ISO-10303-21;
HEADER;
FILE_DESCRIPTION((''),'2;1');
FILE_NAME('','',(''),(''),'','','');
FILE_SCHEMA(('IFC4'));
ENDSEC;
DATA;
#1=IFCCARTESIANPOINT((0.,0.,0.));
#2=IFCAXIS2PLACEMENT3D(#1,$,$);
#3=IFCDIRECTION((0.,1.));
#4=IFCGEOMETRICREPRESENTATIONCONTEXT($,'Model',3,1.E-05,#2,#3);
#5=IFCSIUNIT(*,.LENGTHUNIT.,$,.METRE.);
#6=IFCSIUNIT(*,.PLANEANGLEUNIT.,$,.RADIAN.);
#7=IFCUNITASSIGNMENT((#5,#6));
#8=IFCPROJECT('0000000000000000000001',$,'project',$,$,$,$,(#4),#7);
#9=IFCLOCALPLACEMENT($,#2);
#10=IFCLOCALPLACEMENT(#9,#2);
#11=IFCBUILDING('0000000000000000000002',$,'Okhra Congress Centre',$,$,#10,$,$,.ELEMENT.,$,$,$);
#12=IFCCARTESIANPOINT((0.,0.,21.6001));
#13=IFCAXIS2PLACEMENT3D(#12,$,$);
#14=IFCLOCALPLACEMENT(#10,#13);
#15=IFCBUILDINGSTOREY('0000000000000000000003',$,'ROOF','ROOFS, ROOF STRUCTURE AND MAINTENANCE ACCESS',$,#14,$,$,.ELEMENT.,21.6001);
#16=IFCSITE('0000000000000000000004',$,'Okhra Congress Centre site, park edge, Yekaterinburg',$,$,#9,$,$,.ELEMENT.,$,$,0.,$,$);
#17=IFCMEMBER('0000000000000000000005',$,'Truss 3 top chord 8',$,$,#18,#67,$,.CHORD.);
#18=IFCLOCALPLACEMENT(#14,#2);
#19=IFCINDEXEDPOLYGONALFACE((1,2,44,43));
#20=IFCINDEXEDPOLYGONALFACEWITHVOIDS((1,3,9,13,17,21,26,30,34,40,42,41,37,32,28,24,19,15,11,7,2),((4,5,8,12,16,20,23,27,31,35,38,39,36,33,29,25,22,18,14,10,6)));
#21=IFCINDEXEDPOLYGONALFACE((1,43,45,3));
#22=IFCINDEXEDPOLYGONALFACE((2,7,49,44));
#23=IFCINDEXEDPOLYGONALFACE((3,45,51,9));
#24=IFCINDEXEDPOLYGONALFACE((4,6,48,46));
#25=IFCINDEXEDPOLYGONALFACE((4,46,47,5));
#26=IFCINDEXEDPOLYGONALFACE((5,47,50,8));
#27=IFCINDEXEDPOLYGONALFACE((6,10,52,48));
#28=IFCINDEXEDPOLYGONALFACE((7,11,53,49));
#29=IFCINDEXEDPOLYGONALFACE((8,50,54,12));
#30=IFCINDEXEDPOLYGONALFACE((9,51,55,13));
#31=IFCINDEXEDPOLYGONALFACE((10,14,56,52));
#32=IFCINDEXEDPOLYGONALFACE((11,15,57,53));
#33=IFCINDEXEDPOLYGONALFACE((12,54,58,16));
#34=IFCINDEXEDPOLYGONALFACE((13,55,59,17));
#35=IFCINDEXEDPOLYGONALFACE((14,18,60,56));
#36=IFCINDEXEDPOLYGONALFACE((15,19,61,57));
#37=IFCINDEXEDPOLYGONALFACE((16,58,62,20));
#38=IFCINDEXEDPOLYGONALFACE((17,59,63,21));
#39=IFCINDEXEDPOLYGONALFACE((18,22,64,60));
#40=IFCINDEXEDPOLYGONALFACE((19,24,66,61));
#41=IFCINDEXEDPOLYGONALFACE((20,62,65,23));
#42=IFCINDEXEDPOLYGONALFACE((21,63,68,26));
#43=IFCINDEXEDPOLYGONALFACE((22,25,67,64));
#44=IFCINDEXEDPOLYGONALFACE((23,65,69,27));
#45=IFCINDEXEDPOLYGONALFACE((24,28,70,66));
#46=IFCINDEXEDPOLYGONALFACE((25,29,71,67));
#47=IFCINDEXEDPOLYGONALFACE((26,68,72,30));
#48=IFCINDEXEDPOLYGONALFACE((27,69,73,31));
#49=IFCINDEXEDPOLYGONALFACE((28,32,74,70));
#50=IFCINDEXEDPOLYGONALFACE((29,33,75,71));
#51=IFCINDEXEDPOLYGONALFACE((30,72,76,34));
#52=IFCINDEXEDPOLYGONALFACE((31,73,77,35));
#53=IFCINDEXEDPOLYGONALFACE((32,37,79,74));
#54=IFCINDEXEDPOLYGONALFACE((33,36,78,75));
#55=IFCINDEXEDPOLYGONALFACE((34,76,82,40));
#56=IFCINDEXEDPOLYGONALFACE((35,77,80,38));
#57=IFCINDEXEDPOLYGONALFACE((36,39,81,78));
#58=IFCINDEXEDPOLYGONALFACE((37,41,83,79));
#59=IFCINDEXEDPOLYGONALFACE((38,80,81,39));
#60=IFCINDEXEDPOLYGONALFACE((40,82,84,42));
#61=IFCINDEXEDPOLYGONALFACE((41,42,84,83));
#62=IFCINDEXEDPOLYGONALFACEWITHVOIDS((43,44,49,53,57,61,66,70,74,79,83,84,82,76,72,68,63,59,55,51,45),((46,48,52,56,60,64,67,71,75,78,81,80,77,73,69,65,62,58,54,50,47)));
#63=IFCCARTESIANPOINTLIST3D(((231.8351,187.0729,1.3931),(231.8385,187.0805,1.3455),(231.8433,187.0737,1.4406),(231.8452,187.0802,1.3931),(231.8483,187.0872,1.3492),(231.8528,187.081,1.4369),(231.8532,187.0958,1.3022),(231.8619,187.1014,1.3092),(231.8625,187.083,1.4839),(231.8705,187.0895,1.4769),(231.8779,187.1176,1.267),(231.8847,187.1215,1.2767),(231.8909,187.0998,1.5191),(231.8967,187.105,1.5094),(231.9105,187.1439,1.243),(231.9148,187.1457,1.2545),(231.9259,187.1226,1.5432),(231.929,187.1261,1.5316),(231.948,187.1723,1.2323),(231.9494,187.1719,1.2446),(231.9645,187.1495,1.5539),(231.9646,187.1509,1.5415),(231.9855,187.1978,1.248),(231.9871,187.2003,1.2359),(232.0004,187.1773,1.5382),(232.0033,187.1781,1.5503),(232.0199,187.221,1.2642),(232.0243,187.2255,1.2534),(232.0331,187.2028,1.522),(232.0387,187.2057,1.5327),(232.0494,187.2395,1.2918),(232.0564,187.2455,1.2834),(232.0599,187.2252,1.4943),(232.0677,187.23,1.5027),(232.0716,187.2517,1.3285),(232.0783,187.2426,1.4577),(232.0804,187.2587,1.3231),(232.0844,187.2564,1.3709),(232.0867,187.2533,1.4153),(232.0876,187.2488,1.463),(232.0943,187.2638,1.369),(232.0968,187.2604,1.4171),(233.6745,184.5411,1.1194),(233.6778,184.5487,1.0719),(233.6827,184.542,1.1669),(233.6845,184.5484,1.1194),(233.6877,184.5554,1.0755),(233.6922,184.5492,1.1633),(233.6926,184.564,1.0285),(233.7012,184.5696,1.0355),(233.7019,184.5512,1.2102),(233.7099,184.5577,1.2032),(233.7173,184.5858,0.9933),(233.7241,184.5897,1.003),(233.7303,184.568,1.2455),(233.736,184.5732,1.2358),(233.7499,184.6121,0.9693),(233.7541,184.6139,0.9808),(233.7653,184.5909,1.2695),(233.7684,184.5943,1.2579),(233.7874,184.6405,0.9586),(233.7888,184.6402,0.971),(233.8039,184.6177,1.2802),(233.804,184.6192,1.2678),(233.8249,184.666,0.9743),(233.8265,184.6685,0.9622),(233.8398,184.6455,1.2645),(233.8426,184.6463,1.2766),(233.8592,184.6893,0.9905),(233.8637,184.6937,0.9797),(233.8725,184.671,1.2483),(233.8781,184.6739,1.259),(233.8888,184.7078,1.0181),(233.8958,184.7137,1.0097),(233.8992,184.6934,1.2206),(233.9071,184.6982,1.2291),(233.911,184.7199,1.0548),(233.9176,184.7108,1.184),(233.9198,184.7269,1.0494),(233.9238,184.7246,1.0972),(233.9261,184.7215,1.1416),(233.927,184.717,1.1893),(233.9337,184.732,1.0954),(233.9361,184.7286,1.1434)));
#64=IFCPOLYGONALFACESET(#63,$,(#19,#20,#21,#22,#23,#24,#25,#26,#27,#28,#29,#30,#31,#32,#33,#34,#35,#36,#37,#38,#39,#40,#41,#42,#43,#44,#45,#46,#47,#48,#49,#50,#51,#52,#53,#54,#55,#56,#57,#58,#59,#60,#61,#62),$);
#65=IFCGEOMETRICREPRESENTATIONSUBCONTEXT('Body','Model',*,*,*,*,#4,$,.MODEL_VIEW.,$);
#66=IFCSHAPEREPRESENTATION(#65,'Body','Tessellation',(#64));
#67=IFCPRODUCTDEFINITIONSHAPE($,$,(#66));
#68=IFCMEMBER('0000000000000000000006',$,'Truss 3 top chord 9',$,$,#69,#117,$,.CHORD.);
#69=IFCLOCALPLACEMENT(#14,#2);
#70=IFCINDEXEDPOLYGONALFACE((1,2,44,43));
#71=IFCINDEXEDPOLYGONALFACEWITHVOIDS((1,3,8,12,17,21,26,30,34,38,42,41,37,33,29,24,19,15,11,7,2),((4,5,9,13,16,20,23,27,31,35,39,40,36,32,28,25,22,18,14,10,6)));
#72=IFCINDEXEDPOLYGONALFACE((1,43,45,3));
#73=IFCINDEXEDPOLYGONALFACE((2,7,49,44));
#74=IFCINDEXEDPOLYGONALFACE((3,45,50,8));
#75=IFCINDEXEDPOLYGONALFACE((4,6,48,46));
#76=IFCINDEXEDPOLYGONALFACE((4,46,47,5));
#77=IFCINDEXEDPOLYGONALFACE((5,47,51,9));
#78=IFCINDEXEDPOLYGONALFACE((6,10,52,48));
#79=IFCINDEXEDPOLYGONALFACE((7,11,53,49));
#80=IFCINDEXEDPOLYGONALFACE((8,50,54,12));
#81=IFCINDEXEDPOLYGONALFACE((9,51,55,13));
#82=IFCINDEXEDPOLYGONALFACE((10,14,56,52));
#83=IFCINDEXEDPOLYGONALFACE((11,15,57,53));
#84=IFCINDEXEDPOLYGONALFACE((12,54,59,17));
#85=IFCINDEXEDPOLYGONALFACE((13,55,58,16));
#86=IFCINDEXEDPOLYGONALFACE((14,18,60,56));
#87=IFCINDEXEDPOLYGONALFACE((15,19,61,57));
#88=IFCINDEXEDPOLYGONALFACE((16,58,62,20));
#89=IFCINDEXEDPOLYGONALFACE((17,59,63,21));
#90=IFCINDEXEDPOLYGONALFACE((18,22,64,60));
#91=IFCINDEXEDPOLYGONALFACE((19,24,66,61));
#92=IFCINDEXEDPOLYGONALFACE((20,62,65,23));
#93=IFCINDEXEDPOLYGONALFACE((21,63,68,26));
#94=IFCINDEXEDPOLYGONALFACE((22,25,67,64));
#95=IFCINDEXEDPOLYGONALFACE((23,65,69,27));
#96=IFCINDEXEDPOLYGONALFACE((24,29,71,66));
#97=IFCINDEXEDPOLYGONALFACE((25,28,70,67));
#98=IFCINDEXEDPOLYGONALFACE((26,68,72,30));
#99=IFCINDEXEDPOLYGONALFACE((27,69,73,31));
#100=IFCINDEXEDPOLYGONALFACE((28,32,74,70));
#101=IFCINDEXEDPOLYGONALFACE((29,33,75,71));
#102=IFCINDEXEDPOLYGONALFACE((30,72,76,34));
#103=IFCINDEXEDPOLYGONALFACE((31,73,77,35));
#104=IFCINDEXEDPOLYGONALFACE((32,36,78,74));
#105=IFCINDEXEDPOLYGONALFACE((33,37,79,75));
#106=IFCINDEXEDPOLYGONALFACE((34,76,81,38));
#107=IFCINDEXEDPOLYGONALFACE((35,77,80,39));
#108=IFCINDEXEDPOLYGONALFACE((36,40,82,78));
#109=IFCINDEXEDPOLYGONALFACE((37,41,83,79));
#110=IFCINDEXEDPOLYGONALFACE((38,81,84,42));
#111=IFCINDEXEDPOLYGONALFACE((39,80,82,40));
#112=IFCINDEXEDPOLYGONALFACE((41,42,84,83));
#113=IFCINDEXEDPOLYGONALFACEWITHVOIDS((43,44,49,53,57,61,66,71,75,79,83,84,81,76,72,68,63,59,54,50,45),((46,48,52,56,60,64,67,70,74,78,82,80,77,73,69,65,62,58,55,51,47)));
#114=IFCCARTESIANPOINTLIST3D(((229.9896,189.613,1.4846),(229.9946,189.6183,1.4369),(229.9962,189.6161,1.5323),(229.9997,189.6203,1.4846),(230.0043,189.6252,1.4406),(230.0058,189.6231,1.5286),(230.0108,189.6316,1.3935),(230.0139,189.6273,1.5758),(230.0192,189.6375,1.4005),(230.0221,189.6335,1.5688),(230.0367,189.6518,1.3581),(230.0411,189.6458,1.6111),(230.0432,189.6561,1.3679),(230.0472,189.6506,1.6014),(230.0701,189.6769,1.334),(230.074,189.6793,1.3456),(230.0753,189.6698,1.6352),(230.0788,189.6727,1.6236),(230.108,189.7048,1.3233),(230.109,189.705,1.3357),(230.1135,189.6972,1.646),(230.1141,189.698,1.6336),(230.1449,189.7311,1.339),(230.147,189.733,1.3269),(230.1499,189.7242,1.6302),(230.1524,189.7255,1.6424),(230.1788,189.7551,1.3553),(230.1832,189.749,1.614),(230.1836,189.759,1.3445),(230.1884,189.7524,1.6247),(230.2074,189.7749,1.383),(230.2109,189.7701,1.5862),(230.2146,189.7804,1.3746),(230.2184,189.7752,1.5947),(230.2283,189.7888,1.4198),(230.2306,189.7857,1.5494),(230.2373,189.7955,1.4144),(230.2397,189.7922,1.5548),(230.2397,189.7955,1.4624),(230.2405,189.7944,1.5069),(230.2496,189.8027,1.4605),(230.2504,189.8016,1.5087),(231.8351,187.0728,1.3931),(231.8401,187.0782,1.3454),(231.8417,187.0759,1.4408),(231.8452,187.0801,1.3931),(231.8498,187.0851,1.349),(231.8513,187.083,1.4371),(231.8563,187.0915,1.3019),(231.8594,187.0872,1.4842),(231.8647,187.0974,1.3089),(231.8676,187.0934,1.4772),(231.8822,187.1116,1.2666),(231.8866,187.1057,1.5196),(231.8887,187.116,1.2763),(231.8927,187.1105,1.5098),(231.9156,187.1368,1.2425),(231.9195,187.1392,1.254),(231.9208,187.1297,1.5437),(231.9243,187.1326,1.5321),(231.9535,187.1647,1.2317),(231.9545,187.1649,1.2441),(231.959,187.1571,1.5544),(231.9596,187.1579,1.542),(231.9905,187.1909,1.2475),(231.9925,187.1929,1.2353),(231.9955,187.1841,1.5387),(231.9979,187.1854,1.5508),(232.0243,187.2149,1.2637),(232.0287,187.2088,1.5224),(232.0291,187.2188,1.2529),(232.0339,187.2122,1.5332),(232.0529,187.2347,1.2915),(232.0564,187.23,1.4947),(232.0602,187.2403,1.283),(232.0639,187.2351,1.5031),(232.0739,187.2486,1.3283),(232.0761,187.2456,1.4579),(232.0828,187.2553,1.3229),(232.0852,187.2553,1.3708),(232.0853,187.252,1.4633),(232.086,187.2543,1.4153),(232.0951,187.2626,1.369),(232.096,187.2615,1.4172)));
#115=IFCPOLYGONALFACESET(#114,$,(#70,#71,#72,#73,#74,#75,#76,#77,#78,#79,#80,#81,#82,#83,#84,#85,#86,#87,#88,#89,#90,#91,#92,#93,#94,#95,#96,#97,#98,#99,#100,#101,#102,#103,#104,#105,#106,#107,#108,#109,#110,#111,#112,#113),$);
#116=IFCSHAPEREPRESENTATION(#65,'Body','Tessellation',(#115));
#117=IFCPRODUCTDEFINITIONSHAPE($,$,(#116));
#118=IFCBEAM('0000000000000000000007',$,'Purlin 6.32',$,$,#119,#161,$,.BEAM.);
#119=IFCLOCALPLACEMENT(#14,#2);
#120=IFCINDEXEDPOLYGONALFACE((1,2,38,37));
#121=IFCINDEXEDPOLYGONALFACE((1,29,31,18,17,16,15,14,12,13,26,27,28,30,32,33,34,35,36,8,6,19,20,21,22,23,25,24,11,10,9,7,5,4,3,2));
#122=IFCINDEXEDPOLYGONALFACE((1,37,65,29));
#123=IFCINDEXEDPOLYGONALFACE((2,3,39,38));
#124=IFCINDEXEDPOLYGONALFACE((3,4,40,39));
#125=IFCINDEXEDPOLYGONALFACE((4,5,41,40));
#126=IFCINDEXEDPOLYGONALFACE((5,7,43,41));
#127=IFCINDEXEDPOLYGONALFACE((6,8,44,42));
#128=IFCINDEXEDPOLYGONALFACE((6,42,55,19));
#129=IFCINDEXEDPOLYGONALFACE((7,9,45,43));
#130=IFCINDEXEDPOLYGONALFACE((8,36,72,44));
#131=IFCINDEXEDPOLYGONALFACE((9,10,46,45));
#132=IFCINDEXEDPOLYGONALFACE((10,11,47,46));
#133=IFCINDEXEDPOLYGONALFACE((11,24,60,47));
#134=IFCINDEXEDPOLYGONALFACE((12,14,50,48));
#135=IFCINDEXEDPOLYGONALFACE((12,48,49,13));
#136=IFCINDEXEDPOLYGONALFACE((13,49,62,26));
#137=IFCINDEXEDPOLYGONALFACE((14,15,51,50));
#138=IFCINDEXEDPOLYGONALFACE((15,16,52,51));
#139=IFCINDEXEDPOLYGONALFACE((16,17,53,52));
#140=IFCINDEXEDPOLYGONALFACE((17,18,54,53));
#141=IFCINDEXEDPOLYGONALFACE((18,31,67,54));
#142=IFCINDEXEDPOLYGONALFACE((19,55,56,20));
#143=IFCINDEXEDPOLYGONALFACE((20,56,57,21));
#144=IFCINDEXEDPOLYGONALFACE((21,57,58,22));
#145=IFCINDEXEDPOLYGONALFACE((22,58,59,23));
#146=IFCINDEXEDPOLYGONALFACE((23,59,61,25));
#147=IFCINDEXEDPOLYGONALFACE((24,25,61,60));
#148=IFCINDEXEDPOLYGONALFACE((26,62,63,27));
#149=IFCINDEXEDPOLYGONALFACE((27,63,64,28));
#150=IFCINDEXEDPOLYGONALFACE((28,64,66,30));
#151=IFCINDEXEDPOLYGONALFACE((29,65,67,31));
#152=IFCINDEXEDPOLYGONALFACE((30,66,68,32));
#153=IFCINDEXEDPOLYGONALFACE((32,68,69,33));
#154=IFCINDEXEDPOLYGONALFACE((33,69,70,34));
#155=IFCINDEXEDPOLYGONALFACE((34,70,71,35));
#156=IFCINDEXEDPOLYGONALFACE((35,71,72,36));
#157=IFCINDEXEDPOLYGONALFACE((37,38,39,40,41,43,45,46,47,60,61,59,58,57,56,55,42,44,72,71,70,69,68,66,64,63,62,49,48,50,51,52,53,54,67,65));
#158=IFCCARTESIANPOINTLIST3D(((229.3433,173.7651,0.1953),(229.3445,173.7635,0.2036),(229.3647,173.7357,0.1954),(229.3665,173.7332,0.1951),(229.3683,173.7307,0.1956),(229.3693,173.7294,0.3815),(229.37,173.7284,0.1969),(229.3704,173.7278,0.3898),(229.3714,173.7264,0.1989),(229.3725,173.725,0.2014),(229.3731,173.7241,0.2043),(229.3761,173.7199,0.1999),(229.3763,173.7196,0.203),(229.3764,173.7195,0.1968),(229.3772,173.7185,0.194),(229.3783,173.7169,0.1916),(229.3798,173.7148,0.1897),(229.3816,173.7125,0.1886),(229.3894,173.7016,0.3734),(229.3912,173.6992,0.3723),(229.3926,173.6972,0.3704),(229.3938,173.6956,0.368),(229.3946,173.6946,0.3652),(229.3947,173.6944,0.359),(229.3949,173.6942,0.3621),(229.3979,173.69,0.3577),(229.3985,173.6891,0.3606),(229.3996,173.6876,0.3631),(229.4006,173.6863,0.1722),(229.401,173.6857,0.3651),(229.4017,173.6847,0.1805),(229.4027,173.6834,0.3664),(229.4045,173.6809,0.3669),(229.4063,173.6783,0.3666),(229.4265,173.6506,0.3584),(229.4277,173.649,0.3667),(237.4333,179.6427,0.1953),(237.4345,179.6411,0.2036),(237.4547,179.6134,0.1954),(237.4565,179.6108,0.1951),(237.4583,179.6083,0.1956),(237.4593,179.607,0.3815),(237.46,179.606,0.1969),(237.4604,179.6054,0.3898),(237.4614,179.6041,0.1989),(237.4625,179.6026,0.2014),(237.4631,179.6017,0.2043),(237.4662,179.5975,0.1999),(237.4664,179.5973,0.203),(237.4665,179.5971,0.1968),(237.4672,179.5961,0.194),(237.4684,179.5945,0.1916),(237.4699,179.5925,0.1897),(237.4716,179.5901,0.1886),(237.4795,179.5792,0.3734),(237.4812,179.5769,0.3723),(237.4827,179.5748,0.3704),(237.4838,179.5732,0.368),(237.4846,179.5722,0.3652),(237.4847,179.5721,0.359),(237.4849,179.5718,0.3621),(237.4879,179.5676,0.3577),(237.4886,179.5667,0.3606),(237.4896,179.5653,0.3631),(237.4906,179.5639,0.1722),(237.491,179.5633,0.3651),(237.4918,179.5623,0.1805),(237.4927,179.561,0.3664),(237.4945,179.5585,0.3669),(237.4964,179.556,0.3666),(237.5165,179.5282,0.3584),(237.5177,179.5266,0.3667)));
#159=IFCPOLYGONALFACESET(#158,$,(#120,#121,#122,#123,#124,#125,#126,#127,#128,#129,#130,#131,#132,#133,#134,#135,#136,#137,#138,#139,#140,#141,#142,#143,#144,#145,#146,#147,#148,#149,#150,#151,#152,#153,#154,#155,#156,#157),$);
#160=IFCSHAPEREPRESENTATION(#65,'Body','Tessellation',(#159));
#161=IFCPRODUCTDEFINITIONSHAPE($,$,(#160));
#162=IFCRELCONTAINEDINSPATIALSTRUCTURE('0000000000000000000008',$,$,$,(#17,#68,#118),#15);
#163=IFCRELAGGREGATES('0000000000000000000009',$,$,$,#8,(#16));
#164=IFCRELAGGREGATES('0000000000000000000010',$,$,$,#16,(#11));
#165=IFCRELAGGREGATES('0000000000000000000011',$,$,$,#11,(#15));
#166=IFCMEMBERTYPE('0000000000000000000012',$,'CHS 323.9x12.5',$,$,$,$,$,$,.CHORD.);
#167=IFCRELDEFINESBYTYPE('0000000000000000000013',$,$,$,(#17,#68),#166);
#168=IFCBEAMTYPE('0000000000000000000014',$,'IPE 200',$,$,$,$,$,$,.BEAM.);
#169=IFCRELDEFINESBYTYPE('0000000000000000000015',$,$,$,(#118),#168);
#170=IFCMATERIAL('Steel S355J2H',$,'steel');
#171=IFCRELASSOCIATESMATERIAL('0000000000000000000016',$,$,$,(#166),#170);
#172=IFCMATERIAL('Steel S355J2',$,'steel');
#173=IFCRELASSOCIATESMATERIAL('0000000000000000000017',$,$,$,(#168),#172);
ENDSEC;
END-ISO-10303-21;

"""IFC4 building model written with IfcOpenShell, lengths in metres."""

from ifc_helpers import new_model, si_unit, direction, frame, origin, origin_2d, place, context, subcontext, project, spatial, hollow_circle, i_section, extrude, material, material_profile, profile_set, type_object, element, save


model = new_model("IFC4")

# Units and contexts
model_context = context("Model", 3, precision=1e-05, world=origin(), true_north=direction((0.0, 1.0)))
body_context = subcontext(model_context, "Body", "Model", "MODEL_VIEW")
ifc_project = project(units=[si_unit("LENGTHUNIT", "METRE"), si_unit("PLANEANGLEUNIT", "RADIAN")], contexts=[model_context])

# Site, building, storey
site_placement = place(None, origin())
site = spatial("IfcSite", under=ifc_project, at=site_placement, Name="Okhra Congress Centre site, park edge, Yekaterinburg", CompositionType="ELEMENT", RefElevation=0.0)
building_placement = place(site_placement, origin())
building = spatial("IfcBuilding", under=site, at=building_placement, Name="Okhra Congress Centre", CompositionType="ELEMENT")
storey_placement = place(building_placement, frame((0.0, 0.0, 21.6001)))
storey = spatial("IfcBuildingStorey", under=building, at=storey_placement, Name="ROOF", Description="ROOFS, ROOF STRUCTURE AND MAINTENANCE ACCESS", CompositionType="ELEMENT", Elevation=21.6001)

# Members
ifc_material_1 = material(Name="Steel S355J2H", Category="steel")
ifc_material_profile_1 = material_profile(ifc_material_1, hollow_circle(Radius=0.1619, WallThickness=0.0125, at=origin_2d()), Name="CHS 323.9x12.5")
ifc_profile_set_1 = profile_set([ifc_material_profile_1], Name="Steel S355J2H")
member_type_1 = type_object("IfcMemberType", Name="CHS 323.9x12.5", PredefinedType="CHORD", material=ifc_profile_set_1)
member_1_placement = place(storey_placement, frame((233.8054, 184.6362, 1.1194), z_axis=(-0.585538, 0.80595, 0.087123), x_axis=(-0.809026, -0.587773, 0.0)))
element("IfcMember", 1, at=member_1_placement, inside=storey, type_object=member_type_1, Name="Truss 3 top chord 8", PredefinedType="CHORD", context=body_context, shape_type="SweptSolid", body=[
    extrude(hollow_circle(Radius=0.1619, WallThickness=0.0125, at=origin_2d()), origin(), (0.0, 0.0, 1.0), 3.1414),
])
member_2_placement = place(storey_placement, frame((231.9661, 187.168, 1.3931), z_axis=(-0.587538, 0.808671, 0.029148), x_axis=(-0.809015, -0.587788, 0.0)))
element("IfcMember", 2, at=member_2_placement, inside=storey, type_object=member_type_1, Name="Truss 3 top chord 9", PredefinedType="CHORD", context=body_context, shape_type="SweptSolid", body=[
    extrude(hollow_circle(Radius=0.1619, WallThickness=0.0125, at=origin_2d()), origin(), (0.0, 0.0, 1.0), 3.1411),
])

# Beam
ifc_material_2 = material(Name="Steel S355J2", Category="steel")
ifc_material_profile_2 = material_profile(ifc_material_2, i_section(OverallWidth=0.1001, OverallDepth=0.2, WebThickness=0.0056, FlangeThickness=0.0085, FilletRadius=0.012, at=origin_2d()), Name="IPE 200")
ifc_profile_set_2 = profile_set([ifc_material_profile_2], Name="Steel S355J2")
beam_type = type_object("IfcBeamType", Name="IPE 200", PredefinedType="BEAM", material=ifc_profile_set_2)
for number, where, z_axis, x_axis, name in (
    (3, (229.3855, 173.707, 0.281), (0.809022, 0.587778, 0.0), (-0.571935, 0.787215, 0.230616), "Purlin 6.32"),
):
    element("IfcBeam", number, at=place(storey_placement, frame(where, z_axis=z_axis, x_axis=x_axis)), inside=storey, type_object=beam_type, Name=name, PredefinedType="BEAM", context=body_context, shape_type="SweptSolid", body=[
        extrude(i_section(OverallWidth=0.1001, OverallDepth=0.2, WebThickness=0.0056, FlangeThickness=0.0085, FilletRadius=0.012, at=origin_2d()), origin(), (0.0, 0.0, 1.0), 9.9998),
    ])

save(model, "model.ifc")
